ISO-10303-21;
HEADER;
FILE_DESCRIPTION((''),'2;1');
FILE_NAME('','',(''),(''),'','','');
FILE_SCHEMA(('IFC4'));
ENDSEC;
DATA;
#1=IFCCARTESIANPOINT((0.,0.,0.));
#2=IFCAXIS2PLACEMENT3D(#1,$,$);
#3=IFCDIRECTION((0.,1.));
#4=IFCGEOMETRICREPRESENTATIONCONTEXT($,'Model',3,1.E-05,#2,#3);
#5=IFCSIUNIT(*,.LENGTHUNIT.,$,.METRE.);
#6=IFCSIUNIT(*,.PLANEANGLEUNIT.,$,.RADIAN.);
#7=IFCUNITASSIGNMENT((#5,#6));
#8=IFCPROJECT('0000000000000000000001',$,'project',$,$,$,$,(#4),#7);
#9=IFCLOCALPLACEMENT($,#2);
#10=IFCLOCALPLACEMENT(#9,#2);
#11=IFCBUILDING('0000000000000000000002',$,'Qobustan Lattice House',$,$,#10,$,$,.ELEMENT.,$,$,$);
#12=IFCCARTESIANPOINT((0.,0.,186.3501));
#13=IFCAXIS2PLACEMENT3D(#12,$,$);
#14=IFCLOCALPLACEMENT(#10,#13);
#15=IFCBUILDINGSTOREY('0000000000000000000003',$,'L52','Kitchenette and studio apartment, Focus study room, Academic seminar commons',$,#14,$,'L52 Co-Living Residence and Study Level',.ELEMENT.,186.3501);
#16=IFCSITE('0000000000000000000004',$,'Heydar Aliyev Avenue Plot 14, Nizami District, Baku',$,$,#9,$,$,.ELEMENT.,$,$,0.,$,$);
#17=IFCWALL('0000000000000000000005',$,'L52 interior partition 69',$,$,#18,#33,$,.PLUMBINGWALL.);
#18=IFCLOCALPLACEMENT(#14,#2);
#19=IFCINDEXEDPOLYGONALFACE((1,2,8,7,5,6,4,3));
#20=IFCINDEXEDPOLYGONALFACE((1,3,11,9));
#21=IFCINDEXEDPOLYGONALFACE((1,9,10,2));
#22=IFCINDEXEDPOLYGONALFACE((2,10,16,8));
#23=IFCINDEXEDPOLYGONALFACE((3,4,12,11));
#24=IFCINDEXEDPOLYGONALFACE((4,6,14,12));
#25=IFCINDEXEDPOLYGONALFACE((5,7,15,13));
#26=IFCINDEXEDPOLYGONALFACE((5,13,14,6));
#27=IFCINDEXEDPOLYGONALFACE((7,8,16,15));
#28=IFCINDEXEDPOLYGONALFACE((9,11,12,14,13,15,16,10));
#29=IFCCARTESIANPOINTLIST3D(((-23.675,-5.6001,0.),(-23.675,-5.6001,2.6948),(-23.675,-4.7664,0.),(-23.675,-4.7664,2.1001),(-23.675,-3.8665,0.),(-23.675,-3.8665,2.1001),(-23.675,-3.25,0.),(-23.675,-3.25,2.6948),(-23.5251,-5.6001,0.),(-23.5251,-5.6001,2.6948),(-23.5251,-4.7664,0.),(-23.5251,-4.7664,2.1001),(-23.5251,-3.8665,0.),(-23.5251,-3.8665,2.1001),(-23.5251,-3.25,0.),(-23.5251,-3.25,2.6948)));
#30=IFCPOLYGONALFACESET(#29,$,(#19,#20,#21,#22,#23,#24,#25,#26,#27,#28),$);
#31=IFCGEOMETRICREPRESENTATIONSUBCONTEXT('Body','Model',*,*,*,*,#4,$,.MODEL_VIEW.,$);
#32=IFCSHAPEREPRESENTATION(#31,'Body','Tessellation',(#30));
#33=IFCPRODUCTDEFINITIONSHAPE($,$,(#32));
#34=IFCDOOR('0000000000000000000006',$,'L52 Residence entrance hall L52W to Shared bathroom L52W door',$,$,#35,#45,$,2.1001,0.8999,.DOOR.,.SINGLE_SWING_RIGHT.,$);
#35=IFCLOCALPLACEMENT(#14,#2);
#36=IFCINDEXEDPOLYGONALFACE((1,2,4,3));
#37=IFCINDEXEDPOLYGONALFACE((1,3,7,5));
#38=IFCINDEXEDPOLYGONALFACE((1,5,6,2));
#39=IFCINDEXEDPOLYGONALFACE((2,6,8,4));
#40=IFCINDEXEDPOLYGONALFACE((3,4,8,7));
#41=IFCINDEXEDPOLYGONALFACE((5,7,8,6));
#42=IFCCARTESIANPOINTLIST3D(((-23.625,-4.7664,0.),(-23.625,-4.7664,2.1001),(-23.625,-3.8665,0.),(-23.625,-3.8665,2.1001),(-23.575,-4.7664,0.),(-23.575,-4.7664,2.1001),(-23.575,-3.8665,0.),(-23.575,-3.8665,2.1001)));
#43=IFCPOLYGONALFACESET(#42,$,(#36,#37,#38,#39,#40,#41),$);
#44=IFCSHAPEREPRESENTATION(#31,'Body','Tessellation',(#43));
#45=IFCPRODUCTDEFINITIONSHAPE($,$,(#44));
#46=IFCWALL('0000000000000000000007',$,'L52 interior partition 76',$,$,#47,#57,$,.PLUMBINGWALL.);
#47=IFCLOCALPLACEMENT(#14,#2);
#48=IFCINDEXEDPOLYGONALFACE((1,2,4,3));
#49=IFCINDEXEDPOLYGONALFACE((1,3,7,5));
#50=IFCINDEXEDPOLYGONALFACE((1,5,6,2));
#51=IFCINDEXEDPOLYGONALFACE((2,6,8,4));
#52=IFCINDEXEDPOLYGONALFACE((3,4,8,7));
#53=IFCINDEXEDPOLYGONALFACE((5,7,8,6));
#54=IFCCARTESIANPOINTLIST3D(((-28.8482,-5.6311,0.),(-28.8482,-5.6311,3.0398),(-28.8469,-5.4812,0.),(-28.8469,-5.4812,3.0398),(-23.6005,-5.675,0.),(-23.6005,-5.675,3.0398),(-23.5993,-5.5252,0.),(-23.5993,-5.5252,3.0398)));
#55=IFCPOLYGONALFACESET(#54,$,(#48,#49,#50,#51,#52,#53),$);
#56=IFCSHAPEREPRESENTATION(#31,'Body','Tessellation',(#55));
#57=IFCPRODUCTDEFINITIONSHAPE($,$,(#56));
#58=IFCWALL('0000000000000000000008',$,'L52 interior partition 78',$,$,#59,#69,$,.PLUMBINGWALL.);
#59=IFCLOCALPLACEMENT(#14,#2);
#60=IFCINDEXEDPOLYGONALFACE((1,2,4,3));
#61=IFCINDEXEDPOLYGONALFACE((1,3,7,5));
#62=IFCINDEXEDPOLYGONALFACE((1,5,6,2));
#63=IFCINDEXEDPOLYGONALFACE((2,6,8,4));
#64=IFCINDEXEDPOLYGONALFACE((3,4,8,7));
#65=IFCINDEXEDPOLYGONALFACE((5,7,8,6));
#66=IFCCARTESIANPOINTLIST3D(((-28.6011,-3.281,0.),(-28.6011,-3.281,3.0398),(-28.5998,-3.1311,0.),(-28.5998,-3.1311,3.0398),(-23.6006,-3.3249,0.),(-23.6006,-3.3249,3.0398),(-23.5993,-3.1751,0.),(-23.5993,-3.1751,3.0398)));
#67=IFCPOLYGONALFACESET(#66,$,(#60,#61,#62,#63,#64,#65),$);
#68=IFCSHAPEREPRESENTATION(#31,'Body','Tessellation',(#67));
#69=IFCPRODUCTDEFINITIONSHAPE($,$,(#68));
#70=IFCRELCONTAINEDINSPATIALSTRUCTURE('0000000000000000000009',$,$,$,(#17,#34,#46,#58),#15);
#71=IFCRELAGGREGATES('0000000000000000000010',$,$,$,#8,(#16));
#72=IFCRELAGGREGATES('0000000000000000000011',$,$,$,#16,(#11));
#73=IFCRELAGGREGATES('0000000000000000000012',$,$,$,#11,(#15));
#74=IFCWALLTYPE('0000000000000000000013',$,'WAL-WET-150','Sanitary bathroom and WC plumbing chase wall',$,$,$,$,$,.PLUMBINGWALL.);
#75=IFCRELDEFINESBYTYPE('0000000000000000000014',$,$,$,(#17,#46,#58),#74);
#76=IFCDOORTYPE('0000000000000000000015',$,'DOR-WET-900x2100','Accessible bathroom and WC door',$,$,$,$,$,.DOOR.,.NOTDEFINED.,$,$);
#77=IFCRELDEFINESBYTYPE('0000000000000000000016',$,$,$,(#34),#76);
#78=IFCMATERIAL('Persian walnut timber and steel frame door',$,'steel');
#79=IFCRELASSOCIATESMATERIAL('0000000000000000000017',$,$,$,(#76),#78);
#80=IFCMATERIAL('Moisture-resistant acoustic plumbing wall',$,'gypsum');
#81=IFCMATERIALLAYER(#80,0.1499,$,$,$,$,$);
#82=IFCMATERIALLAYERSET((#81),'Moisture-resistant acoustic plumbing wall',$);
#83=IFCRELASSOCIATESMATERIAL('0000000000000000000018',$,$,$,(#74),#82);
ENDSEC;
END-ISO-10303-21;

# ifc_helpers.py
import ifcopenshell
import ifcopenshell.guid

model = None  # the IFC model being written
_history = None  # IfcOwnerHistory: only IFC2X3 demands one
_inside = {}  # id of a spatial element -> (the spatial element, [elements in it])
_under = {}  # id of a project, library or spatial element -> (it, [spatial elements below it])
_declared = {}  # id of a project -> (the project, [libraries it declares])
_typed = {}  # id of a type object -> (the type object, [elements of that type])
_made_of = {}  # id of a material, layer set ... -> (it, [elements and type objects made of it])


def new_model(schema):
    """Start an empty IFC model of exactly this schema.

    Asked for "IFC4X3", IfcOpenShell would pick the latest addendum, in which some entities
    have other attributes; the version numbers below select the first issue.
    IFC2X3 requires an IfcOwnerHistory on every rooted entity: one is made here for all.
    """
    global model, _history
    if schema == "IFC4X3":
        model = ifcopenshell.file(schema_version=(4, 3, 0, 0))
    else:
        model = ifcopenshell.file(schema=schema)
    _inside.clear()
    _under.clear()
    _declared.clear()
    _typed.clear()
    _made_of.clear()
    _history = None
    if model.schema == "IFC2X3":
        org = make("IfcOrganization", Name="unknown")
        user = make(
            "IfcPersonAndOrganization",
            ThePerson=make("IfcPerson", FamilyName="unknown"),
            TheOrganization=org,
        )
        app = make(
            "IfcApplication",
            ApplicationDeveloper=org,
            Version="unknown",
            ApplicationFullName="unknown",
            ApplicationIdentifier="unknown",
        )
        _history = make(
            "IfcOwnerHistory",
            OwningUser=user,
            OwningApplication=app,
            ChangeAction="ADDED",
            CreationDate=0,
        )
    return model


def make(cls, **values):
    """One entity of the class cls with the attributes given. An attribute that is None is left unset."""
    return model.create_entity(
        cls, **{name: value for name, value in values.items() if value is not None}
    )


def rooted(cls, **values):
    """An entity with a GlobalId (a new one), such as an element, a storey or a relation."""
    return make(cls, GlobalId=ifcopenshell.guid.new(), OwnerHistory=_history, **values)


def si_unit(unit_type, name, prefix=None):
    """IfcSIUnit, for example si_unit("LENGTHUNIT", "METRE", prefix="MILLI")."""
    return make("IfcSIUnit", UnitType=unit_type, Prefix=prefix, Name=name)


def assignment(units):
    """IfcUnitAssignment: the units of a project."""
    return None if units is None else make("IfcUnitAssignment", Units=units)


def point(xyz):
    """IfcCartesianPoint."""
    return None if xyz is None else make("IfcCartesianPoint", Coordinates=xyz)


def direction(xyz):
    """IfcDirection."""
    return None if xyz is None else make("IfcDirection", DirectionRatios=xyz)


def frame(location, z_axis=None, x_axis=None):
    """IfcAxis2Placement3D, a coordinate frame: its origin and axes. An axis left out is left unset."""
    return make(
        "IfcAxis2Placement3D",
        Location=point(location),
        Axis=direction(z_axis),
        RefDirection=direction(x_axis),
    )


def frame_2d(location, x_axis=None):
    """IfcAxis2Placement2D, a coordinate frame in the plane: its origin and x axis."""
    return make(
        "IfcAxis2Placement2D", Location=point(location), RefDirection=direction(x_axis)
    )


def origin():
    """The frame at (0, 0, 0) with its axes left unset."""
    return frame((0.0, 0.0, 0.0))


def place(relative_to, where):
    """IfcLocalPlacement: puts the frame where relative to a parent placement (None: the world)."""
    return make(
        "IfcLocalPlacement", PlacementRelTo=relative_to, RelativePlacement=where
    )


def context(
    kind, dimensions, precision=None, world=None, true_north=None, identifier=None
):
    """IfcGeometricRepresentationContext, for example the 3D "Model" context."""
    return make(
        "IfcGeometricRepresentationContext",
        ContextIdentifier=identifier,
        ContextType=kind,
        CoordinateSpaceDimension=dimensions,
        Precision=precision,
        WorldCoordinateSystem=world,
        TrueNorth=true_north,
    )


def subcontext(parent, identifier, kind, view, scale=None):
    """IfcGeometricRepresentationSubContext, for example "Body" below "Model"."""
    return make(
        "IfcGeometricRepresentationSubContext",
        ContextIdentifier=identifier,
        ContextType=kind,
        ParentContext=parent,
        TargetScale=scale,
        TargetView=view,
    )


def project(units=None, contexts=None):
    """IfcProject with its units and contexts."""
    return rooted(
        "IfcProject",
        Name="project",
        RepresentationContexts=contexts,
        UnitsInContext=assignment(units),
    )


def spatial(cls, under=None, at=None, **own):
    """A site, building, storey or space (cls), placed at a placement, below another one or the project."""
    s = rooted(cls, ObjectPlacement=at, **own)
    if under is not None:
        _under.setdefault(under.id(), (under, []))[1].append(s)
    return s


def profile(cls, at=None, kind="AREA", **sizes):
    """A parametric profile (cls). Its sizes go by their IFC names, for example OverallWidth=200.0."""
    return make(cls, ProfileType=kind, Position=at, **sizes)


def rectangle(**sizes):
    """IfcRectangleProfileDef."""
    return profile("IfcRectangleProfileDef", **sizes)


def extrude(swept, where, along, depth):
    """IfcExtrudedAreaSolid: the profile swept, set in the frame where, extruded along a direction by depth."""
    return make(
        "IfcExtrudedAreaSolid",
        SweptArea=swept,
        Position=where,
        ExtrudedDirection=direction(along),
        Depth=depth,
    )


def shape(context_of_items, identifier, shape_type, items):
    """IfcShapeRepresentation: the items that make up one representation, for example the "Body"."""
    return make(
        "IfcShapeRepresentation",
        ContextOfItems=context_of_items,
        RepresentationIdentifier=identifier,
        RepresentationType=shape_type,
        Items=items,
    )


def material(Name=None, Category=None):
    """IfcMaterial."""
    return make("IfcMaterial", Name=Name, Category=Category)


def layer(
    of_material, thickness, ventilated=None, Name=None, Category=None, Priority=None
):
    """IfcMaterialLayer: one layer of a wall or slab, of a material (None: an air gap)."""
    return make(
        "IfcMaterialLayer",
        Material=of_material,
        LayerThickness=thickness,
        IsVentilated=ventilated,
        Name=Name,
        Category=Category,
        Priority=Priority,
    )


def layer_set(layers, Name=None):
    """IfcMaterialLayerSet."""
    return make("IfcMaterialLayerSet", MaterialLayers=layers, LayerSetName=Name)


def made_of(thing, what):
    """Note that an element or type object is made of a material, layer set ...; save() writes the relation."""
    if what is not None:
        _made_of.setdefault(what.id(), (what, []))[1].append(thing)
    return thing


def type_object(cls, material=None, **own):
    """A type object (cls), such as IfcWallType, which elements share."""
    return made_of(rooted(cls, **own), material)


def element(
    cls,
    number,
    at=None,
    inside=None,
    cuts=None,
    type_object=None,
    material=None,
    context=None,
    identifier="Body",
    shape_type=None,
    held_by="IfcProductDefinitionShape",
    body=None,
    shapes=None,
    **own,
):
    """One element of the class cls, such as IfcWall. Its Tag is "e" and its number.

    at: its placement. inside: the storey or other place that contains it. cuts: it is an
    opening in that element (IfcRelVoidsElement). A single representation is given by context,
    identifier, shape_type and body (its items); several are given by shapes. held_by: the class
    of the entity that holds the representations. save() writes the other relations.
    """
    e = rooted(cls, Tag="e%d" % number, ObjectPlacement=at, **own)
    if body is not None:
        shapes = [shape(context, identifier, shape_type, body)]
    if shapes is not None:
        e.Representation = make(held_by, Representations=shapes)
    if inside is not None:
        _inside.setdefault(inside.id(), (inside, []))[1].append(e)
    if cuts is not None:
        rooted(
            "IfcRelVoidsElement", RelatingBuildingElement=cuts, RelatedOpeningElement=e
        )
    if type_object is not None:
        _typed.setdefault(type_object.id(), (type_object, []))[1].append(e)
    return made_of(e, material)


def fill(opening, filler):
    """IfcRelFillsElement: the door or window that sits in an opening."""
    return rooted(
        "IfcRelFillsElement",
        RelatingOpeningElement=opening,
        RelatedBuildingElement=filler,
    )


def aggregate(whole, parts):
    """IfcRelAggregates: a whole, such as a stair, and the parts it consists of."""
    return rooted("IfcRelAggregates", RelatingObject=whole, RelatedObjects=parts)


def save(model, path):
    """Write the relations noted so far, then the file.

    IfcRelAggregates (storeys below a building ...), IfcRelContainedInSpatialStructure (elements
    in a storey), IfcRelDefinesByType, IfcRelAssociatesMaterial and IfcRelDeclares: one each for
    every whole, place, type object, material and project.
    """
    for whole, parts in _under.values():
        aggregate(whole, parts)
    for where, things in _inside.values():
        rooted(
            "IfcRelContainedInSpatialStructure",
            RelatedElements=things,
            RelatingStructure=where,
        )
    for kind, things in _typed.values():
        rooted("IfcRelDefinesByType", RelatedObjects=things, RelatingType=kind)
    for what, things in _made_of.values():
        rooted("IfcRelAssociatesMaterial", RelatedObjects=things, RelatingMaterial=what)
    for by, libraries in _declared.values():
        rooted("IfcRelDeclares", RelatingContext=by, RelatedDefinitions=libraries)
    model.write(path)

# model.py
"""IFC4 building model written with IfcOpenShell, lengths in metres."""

from ifc_helpers import new_model, si_unit, direction, frame, frame_2d, origin, place, context, subcontext, project, spatial, rectangle, extrude, material, layer, layer_set, type_object, element, fill, save


model = new_model("IFC4")

# Units and contexts
model_context = context("Model", 3, precision=1e-05, world=origin(), true_north=direction((0.0, 1.0)))
body_context = subcontext(model_context, "Body", "Model", "MODEL_VIEW")
ifc_project = project(units=[si_unit("LENGTHUNIT", "METRE"), si_unit("PLANEANGLEUNIT", "RADIAN")], contexts=[model_context])

# Site, building, storey
site_placement = place(None, origin())
site = spatial("IfcSite", under=ifc_project, at=site_placement, Name="Heydar Aliyev Avenue Plot 14, Nizami District, Baku", CompositionType="ELEMENT", RefElevation=0.0)
building_placement = place(site_placement, origin())
building = spatial("IfcBuilding", under=site, at=building_placement, Name="Qobustan Lattice House", CompositionType="ELEMENT")
storey_placement = place(building_placement, frame((0.0, 0.0, 186.3501)))
storey = spatial("IfcBuildingStorey", under=building, at=storey_placement, Name="L52", Description="Kitchenette and studio apartment, Focus study room, Academic seminar commons", LongName="L52 Co-Living Residence and Study Level", CompositionType="ELEMENT", Elevation=186.3501)

# Shared definitions
ifc_material_1 = material(Name="Persian walnut timber and steel frame door", Category="steel")
door_type_1 = type_object("IfcDoorType", Name="DOR-WET-900x2100", Description="Accessible bathroom and WC door", OperationType="NOTDEFINED", PredefinedType="DOOR", material=ifc_material_1)

# Wall, opening, door
ifc_material_2 = material(Name="Moisture-resistant acoustic plumbing wall", Category="gypsum")
ifc_layer_1 = layer(ifc_material_2, 0.1499)
ifc_layer_set_1 = layer_set([ifc_layer_1], Name="Moisture-resistant acoustic plumbing wall")
wall_type_1 = type_object("IfcWallType", Name="WAL-WET-150", Description="Sanitary bathroom and WC plumbing chase wall", PredefinedType="PLUMBINGWALL", material=ifc_layer_set_1)
wall_1_placement = place(storey_placement, frame((-23.6001, -5.6001, 0.0), z_axis=(0.0, 0.0, 1.0), x_axis=(0.0, 1.0, 0.0)))
wall_1 = element("IfcWall", 1, at=wall_1_placement, inside=storey, type_object=wall_type_1, Name="L52 interior partition 69", PredefinedType="PLUMBINGWALL", context=body_context, shape_type="SweptSolid", body=[
    extrude(rectangle(XDim=2.3501, YDim=0.1499, at=frame_2d((1.175, 0.0))), origin(), (0.0, 0.0, 1.0), 2.6948),
])
opening_1_placement = place(wall_1_placement, frame((0.8337, 0.0, 0.0)))
opening_1 = element("IfcOpeningElement", 2, at=opening_1_placement, cuts=wall_1, PredefinedType="OPENING", context=body_context, shape_type="SweptSolid", body=[
    extrude(rectangle(XDim=0.8999, YDim=2.1001, at=frame_2d((0.45, 1.05))), frame((0.0, 0.085, 0.0), z_axis=(0.0, -1.0, 0.0), x_axis=(1.0, 0.0, 0.0)), (0.0, 0.0, 1.0), 0.1699),
])
door_1_placement = place(opening_1_placement, origin())
door_1 = element("IfcDoor", 3, at=door_1_placement, inside=storey, type_object=door_type_1, Name="L52 Residence entrance hall L52W to Shared bathroom L52W door", OperationType="SINGLE_SWING_RIGHT", OverallHeight=2.1001, OverallWidth=0.8999, PredefinedType="DOOR", context=body_context, shape_type="SweptSolid", body=[
    extrude(rectangle(XDim=0.8999, YDim=2.1001, at=frame_2d((0.45, 1.05))), frame((0.0, 0.0249, 0.0), z_axis=(0.0, -1.0, 0.0), x_axis=(1.0, 0.0, 0.0)), (0.0, 0.0, 1.0), 0.05),
])
fill(opening_1, door_1)

# Walls
wall_2_placement = place(storey_placement, frame((-28.8477, -5.5562, 0.0), z_axis=(0.0, 0.0, 1.0), x_axis=(0.999965, -0.008374, 0.0)))
element("IfcWall", 4, at=wall_2_placement, inside=storey, type_object=wall_type_1, Name="L52 interior partition 76", PredefinedType="PLUMBINGWALL", context=body_context, shape_type="SweptSolid", body=[
    extrude(rectangle(XDim=5.2478, YDim=0.1499, at=frame_2d((2.624, 0.0))), origin(), (0.0, 0.0, 1.0), 3.0398),
])
wall_3_placement = place(storey_placement, frame((-28.6006, -3.2061, 0.0), z_axis=(0.0, 0.0, 1.0), x_axis=(0.999961, -0.008788, 0.0)))
element("IfcWall", 5, at=wall_3_placement, inside=storey, type_object=wall_type_1, Name="L52 interior partition 78", PredefinedType="PLUMBINGWALL", context=body_context, shape_type="SweptSolid", body=[
    extrude(rectangle(XDim=5.0007, YDim=0.1499, at=frame_2d((2.5005, 0.0))), origin(), (0.0, 0.0, 1.0), 3.0398),
])

save(model, "model.ifc")
